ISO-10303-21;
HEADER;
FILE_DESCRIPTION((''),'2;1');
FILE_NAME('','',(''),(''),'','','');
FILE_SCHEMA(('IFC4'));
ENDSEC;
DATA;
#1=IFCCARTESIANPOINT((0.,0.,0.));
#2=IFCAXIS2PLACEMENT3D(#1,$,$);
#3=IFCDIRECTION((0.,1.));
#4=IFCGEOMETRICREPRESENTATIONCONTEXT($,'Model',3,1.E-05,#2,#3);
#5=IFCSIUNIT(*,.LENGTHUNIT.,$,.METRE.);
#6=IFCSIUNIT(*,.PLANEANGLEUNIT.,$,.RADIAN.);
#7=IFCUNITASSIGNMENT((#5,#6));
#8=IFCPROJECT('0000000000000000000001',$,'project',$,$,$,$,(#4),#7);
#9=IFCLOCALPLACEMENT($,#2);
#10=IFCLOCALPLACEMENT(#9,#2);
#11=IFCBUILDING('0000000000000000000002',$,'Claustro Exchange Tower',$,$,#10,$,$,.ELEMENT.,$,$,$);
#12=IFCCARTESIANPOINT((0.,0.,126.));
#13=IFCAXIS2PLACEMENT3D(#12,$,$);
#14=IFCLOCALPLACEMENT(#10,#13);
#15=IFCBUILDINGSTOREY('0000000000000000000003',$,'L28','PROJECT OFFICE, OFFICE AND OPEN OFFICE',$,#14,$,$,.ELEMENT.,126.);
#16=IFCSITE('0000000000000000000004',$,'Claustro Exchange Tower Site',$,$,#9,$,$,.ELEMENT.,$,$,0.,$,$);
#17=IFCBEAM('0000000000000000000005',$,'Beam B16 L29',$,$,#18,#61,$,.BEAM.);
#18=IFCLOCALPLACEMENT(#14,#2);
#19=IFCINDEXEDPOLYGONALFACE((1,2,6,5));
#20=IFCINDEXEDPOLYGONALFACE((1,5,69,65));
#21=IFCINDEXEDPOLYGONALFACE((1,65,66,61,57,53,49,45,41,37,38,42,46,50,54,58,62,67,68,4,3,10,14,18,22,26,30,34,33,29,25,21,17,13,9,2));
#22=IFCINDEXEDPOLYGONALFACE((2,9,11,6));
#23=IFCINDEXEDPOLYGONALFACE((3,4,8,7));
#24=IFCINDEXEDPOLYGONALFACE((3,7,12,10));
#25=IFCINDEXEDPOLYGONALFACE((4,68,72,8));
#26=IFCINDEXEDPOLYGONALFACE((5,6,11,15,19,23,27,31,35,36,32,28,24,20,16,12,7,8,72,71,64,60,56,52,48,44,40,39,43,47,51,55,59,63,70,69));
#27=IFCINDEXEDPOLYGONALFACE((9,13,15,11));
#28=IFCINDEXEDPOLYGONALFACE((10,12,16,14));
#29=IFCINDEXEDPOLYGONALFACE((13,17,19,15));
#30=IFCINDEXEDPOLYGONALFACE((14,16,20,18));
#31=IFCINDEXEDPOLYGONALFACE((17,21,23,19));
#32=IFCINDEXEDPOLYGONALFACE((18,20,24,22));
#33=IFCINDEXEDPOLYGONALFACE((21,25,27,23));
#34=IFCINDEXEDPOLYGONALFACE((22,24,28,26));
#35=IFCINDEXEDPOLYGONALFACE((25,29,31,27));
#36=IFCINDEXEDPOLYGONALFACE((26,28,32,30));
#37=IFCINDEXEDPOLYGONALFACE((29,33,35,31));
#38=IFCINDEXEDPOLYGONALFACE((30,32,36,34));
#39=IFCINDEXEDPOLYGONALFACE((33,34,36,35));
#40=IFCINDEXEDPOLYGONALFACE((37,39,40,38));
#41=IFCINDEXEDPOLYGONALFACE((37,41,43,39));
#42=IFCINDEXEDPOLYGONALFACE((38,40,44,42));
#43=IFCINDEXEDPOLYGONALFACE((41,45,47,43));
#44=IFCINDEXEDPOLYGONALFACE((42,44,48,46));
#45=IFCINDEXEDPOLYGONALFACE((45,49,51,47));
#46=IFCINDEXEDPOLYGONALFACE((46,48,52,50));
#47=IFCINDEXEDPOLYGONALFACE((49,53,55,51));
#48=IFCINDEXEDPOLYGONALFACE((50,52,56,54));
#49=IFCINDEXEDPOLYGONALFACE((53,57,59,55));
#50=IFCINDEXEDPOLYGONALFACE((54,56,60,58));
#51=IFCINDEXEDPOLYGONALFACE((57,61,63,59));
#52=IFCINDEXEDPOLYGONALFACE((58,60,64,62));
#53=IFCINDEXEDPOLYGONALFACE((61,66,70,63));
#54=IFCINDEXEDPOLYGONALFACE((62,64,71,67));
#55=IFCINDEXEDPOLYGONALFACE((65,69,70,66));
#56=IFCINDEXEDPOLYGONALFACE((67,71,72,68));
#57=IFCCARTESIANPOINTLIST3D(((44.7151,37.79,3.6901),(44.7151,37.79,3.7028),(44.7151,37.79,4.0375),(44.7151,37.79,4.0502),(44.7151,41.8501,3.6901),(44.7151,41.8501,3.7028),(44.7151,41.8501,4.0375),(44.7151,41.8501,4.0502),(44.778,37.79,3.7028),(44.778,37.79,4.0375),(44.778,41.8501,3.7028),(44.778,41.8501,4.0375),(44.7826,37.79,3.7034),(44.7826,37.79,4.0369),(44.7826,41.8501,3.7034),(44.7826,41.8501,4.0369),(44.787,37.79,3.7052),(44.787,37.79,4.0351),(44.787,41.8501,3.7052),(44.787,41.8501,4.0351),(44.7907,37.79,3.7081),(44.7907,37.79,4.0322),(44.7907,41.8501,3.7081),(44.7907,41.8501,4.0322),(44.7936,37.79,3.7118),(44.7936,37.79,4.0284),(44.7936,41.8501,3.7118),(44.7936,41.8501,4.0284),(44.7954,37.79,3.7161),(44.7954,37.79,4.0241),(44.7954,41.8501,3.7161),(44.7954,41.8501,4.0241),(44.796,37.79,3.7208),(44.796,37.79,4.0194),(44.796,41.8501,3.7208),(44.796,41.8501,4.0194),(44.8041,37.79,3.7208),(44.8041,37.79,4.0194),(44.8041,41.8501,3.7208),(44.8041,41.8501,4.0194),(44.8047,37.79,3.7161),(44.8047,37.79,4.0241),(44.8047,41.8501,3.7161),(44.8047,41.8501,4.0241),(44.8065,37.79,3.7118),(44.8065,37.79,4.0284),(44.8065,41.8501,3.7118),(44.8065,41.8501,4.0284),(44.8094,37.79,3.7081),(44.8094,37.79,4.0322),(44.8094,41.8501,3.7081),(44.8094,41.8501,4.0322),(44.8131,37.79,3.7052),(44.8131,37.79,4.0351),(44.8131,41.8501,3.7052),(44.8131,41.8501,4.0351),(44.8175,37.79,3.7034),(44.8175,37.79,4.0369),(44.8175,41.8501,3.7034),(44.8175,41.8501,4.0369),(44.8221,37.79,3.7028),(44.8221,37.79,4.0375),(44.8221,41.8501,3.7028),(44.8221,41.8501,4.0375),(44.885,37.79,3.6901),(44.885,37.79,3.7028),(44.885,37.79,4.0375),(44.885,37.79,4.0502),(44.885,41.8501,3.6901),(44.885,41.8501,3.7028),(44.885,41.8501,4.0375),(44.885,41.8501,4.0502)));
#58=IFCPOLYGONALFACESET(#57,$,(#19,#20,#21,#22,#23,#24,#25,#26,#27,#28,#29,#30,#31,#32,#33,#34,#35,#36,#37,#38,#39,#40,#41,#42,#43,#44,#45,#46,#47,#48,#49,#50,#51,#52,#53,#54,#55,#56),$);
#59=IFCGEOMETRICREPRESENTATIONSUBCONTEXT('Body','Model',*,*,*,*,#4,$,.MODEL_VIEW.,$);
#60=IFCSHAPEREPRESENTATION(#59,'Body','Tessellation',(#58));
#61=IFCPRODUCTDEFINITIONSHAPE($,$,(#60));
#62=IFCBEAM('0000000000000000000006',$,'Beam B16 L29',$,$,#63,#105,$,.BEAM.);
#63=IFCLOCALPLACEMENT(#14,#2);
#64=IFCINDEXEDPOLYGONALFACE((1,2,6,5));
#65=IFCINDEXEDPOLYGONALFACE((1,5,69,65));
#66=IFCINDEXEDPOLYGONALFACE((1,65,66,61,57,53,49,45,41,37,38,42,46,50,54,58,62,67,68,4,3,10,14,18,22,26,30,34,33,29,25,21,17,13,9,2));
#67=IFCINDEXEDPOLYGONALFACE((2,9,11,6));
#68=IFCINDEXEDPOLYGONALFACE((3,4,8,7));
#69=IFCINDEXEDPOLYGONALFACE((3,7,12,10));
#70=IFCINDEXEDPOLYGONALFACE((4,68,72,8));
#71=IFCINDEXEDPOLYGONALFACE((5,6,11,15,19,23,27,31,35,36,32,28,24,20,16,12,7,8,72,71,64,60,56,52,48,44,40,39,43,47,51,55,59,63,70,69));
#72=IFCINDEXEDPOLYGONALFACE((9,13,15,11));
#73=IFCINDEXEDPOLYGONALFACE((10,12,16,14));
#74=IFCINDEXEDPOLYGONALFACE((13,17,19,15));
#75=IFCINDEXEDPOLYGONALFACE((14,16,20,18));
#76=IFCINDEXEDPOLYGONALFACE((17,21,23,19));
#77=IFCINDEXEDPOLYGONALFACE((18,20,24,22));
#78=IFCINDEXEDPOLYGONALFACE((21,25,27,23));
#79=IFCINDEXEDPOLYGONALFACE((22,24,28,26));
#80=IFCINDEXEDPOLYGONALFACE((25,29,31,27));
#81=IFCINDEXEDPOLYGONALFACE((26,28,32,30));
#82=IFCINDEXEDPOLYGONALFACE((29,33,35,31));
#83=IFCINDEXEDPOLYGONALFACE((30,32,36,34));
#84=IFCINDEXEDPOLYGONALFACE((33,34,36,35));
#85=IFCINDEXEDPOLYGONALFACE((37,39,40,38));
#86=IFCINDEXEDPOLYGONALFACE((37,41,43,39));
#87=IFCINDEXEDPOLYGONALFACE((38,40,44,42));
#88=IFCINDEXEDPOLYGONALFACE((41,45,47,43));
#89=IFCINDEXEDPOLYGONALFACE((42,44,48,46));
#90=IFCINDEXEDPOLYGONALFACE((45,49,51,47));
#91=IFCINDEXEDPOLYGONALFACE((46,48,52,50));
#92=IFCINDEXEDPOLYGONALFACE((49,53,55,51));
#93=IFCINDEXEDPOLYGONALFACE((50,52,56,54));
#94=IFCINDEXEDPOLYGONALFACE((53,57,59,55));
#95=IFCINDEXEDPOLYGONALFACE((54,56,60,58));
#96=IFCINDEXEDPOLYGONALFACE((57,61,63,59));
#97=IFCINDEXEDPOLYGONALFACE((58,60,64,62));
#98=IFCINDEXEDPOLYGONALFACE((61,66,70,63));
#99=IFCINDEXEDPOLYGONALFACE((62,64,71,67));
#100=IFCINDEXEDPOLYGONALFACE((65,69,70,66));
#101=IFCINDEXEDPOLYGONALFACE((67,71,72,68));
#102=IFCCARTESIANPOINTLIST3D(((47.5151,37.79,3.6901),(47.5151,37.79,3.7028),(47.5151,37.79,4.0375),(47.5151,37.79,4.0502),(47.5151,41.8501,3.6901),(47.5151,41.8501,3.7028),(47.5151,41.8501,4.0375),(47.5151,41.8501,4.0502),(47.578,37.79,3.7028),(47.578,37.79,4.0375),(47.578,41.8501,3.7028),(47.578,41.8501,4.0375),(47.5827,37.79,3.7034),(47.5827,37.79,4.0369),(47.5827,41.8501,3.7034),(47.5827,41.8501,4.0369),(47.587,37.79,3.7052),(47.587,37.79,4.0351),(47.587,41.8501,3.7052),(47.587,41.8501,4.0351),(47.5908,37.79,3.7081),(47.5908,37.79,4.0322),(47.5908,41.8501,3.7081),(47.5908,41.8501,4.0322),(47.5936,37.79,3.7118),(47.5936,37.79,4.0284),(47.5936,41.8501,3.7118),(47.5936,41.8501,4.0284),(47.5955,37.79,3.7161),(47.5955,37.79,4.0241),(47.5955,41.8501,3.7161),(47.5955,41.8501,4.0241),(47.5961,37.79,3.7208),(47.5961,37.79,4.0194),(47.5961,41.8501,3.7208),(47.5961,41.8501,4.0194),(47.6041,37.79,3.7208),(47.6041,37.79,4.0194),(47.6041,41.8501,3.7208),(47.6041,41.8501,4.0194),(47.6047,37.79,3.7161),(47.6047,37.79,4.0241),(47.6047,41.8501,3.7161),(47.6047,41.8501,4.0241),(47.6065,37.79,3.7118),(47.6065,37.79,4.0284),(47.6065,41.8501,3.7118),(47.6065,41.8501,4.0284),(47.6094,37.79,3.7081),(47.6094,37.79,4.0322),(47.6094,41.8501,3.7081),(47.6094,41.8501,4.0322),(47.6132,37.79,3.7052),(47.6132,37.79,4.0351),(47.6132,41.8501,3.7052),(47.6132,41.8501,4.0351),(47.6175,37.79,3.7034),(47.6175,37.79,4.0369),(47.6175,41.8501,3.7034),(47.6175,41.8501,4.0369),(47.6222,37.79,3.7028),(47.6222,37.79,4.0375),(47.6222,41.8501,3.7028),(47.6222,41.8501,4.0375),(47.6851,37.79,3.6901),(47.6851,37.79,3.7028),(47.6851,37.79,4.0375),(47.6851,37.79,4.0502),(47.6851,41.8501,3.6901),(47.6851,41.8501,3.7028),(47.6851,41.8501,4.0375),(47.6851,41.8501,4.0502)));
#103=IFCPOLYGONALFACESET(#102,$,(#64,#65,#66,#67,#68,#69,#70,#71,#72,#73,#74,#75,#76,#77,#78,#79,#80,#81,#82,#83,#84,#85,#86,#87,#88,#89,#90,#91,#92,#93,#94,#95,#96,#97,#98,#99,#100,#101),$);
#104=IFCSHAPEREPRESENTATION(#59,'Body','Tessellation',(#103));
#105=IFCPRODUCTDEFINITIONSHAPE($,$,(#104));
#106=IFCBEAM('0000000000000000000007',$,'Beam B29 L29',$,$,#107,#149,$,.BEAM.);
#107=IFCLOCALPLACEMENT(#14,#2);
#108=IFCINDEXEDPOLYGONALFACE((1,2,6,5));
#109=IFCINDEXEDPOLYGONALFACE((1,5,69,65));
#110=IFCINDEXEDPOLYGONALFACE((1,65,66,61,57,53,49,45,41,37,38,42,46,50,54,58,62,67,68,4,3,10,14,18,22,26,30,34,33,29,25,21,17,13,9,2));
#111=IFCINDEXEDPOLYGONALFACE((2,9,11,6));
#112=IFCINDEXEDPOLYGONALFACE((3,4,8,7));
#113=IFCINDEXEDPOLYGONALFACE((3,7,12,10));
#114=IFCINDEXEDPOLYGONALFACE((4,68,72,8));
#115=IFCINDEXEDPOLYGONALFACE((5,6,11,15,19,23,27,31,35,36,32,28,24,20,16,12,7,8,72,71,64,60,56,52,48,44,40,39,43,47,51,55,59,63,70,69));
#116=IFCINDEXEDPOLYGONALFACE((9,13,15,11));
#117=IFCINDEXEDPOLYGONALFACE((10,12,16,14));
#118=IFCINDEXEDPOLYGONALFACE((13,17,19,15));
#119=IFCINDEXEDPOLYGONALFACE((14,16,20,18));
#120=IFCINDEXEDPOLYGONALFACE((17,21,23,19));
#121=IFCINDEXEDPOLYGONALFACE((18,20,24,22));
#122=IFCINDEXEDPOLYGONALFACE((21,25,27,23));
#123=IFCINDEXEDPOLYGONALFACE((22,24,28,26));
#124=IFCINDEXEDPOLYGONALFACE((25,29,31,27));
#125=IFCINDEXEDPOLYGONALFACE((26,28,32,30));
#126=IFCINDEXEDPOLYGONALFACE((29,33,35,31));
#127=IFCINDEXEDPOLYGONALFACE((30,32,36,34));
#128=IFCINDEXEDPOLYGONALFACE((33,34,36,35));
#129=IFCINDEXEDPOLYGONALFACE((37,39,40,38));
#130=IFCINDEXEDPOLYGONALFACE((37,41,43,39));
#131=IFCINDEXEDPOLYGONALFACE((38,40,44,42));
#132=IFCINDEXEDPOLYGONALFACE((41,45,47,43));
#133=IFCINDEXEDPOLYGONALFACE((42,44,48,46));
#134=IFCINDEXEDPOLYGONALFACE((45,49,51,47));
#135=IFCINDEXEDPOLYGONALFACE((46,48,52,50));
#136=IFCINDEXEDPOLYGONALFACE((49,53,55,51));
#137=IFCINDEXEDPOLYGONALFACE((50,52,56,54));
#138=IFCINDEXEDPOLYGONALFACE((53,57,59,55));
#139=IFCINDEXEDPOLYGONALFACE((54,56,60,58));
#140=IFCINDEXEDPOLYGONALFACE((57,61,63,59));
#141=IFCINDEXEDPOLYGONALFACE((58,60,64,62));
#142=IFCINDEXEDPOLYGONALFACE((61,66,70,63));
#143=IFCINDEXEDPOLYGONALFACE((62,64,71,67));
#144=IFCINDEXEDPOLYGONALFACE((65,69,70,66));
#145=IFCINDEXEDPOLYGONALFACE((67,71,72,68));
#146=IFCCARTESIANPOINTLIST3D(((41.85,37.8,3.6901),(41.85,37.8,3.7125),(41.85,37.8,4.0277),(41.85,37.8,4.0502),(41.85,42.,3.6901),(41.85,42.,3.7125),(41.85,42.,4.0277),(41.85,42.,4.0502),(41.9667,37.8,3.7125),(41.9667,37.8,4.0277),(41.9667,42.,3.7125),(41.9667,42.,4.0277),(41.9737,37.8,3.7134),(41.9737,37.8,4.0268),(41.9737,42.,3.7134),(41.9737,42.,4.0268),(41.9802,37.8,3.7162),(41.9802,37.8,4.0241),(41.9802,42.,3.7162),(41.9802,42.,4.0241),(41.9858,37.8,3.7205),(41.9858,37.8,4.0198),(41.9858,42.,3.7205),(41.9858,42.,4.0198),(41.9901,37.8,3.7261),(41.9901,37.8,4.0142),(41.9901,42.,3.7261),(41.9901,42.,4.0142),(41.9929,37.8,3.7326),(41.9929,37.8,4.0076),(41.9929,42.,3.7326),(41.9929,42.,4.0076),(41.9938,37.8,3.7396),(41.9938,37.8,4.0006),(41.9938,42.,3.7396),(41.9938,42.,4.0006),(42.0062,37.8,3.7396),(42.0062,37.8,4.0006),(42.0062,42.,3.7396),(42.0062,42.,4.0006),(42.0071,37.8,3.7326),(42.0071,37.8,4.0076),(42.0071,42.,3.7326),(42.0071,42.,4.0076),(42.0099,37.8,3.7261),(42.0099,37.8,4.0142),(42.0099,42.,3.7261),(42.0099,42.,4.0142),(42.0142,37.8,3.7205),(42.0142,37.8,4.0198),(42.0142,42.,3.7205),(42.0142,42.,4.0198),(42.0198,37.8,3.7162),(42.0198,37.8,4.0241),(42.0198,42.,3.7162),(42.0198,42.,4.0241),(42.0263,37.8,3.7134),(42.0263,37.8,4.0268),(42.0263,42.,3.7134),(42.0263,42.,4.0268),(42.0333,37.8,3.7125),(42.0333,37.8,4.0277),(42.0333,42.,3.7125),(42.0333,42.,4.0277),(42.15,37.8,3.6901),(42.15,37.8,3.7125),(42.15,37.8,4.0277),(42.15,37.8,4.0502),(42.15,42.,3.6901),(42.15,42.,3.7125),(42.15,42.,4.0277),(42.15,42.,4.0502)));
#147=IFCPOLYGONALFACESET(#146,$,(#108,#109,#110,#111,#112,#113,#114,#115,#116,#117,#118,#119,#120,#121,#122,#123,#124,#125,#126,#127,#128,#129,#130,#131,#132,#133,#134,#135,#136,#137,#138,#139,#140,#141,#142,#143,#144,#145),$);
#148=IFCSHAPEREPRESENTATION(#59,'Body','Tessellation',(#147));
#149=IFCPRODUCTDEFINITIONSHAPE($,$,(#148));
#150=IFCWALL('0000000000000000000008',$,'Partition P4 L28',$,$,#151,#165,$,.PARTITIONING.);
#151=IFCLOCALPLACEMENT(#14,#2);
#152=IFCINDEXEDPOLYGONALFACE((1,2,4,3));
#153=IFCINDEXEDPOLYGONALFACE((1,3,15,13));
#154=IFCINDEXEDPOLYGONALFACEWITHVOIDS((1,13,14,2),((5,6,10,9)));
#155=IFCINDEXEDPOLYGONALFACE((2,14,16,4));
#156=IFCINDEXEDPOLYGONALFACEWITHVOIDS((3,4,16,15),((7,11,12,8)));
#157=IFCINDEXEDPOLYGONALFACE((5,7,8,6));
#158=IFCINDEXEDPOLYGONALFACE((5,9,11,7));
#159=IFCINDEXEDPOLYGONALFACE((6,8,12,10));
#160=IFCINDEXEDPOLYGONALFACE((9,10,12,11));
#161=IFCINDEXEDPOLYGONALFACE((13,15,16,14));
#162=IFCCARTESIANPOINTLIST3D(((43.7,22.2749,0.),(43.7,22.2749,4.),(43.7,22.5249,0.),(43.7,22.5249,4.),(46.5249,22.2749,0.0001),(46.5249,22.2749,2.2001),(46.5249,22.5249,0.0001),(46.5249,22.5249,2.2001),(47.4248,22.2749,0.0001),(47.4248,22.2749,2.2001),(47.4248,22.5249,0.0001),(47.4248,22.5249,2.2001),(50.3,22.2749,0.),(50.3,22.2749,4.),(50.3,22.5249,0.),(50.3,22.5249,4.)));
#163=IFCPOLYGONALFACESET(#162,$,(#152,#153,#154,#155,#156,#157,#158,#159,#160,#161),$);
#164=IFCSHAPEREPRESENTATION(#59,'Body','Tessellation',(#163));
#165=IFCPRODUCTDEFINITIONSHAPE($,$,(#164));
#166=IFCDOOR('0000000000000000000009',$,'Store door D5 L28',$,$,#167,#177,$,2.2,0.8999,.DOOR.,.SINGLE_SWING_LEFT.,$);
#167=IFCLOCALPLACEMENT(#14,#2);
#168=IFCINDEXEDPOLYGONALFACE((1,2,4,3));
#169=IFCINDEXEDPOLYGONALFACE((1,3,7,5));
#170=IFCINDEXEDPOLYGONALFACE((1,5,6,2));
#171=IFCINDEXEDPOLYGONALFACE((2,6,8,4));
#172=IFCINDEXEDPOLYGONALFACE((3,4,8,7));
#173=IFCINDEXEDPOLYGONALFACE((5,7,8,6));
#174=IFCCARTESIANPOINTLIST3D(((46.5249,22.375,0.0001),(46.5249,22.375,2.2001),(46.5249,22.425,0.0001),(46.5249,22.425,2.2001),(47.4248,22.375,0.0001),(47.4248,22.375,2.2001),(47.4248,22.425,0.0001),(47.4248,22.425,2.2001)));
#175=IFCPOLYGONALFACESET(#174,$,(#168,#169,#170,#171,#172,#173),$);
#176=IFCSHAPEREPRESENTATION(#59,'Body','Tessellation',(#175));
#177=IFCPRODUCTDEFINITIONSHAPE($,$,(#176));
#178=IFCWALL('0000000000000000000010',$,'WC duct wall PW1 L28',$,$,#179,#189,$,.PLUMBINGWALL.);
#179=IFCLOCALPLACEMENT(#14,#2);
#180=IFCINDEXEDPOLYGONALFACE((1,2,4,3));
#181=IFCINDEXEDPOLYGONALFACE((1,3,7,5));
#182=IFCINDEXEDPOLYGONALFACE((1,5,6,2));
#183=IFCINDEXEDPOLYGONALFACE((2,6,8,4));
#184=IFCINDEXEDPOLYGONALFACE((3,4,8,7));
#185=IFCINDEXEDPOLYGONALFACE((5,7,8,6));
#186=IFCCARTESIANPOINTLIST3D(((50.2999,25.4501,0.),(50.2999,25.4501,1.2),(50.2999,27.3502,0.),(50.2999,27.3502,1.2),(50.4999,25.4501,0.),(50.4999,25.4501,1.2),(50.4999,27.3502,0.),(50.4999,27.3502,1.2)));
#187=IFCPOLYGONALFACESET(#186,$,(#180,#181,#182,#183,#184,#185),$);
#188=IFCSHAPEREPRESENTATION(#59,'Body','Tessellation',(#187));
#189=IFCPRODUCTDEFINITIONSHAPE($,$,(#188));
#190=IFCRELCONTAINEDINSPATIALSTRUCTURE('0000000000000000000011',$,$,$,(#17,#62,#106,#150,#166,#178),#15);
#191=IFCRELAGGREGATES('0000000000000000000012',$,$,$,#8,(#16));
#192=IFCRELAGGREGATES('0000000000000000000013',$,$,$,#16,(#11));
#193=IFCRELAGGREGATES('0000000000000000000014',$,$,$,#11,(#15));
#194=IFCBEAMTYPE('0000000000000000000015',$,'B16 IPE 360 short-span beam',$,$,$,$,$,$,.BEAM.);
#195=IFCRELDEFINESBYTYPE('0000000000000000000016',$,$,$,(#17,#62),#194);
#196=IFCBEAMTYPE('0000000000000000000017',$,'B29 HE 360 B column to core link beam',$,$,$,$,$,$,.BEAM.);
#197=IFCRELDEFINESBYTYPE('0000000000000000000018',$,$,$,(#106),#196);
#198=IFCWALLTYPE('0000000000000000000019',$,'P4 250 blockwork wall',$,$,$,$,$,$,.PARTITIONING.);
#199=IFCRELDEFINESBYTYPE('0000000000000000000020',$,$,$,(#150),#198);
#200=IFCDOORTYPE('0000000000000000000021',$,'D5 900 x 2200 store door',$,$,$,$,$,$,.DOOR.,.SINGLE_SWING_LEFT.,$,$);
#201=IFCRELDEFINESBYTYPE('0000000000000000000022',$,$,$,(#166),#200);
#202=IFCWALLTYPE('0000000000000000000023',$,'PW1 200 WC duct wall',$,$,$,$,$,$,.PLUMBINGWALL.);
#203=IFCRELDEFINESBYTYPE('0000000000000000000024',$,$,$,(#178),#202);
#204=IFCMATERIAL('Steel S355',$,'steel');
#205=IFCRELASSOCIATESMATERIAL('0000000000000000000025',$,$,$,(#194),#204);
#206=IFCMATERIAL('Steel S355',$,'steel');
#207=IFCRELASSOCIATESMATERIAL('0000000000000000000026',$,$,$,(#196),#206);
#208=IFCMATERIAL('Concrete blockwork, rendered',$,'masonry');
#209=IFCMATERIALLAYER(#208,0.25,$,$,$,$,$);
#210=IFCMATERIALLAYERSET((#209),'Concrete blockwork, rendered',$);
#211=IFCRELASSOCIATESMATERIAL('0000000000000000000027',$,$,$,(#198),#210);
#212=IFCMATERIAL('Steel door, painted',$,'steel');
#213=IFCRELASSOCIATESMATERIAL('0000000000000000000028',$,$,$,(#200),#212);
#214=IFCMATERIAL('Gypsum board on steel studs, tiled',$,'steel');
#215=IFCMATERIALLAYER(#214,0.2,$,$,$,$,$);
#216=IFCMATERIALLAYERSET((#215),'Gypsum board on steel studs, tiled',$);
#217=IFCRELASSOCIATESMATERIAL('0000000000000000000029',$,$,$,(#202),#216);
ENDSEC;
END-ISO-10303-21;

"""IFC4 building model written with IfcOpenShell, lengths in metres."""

from ifc_helpers import new_model, si_unit, direction, frame, frame_2d, origin, origin_2d, place, context, subcontext, project, spatial, rectangle, i_section, extrude, material, layer, layer_set, material_profile, profile_set, type_object, element, fill, save


model = new_model("IFC4")

# Units and contexts
model_context = context("Model", 3, precision=1e-05, world=origin(), true_north=direction((0.0, 1.0)))
body_context = subcontext(model_context, "Body", "Model", "MODEL_VIEW")
ifc_project = project(units=[si_unit("LENGTHUNIT", "METRE"), si_unit("PLANEANGLEUNIT", "RADIAN")], contexts=[model_context])

# Site, building, storey
site_placement = place(None, origin())
site = spatial("IfcSite", under=ifc_project, at=site_placement, Name="Claustro Exchange Tower Site", CompositionType="ELEMENT", RefElevation=0.0)
building_placement = place(site_placement, origin())
building = spatial("IfcBuilding", under=site, at=building_placement, Name="Claustro Exchange Tower", CompositionType="ELEMENT")
storey_placement = place(building_placement, frame((0.0, 0.0, 126.0)))
storey = spatial("IfcBuildingStorey", under=building, at=storey_placement, Name="L28", Description="PROJECT OFFICE, OFFICE AND OPEN OFFICE", CompositionType="ELEMENT", Elevation=126.0)

# Beams
ifc_material_1 = material(Name="Steel S355", Category="steel")
ifc_material_profile_1 = material_profile(ifc_material_1, i_section(OverallWidth=0.1699, OverallDepth=0.3601, WebThickness=0.0081, FlangeThickness=0.0127, FilletRadius=0.0181, at=origin_2d()), Name="IPE 360")
ifc_profile_set_1 = profile_set([ifc_material_profile_1], Name="Steel S355")
beam_type_1 = type_object("IfcBeamType", Name="B16 IPE 360 short-span beam", PredefinedType="BEAM", material=ifc_profile_set_1)
for number, where, z_axis, x_axis, name in (
    (1, (44.8, 37.79, 3.8701), (0.0, 1.0, 0.0), (-1.0, 0.0, 0.0), "Beam B16 L29"),
    (2, (47.6001, 37.79, 3.8701), (0.0, 1.0, 0.0), (-1.0, 0.0, 0.0), "Beam B16 L29"),
):
    element("IfcBeam", number, at=place(storey_placement, frame(where, z_axis=z_axis, x_axis=x_axis)), inside=storey, type_object=beam_type_1, Name=name, PredefinedType="BEAM", context=body_context, shape_type="SweptSolid", body=[
        extrude(i_section(OverallWidth=0.1699, OverallDepth=0.3601, WebThickness=0.0081, FlangeThickness=0.0127, FilletRadius=0.0181, at=origin_2d()), origin(), (0.0, 0.0, 1.0), 4.0601),
    ])
ifc_material_2 = material(Name="Steel S355", Category="steel")
ifc_material_profile_2 = material_profile(ifc_material_2, i_section(OverallWidth=0.3, OverallDepth=0.3601, WebThickness=0.0125, FlangeThickness=0.0225, FilletRadius=0.0271, at=origin_2d()), Name="HE 360 B")
ifc_profile_set_2 = profile_set([ifc_material_profile_2], Name="Steel S355")
beam_type_2 = type_object("IfcBeamType", Name="B29 HE 360 B column to core link beam", PredefinedType="BEAM", material=ifc_profile_set_2)
beam_placement = place(storey_placement, frame((42.0, 37.8, 3.8701), z_axis=(0.0, 1.0, 0.0), x_axis=(-1.0, 0.0, 0.0)))
element("IfcBeam", 3, at=beam_placement, inside=storey, type_object=beam_type_2, Name="Beam B29 L29", PredefinedType="BEAM", context=body_context, shape_type="SweptSolid", body=[
    extrude(i_section(OverallWidth=0.3, OverallDepth=0.3601, WebThickness=0.0125, FlangeThickness=0.0225, FilletRadius=0.0271, at=origin_2d()), origin(), (0.0, 0.0, 1.0), 4.2),
])

# Wall, opening, door
ifc_material_3 = material(Name="Concrete blockwork, rendered", Category="masonry")
ifc_layer_1 = layer(ifc_material_3, 0.25)
ifc_layer_set_1 = layer_set([ifc_layer_1], Name="Concrete blockwork, rendered")
wall_type_1 = type_object("IfcWallType", Name="P4 250 blockwork wall", PredefinedType="PARTITIONING", material=ifc_layer_set_1)
wall_1_placement = place(storey_placement, frame((43.7, 22.3999, 0.0), z_axis=(0.0, 0.0, 1.0), x_axis=(1.0, 0.0, 0.0)))
wall_1 = element("IfcWall", 4, at=wall_1_placement, inside=storey, type_object=wall_type_1, Name="Partition P4 L28", PredefinedType="PARTITIONING", context=body_context, shape_type="SweptSolid", body=[
    extrude(rectangle(XDim=6.6001, YDim=0.25, at=frame_2d((3.3, 0.0))), origin(), (0.0, 0.0, 1.0), 4.0),
])
opening_placement = place(wall_1_placement, frame((2.825, 0.0, 0.0)))
opening = element("IfcOpeningElement", 5, at=opening_placement, cuts=wall_1, PredefinedType="OPENING", context=body_context, shape_type="SweptSolid", body=[
    extrude(rectangle(XDim=0.8999, YDim=2.2, at=frame_2d((0.45, 1.1001))), frame((0.0, 0.135, 0.0), z_axis=(0.0, -1.0, 0.0), x_axis=(1.0, 0.0, 0.0)), (0.0, 0.0, 1.0), 0.27),
])
ifc_material_4 = material(Name="Steel door, painted", Category="steel")
door_type = type_object("IfcDoorType", Name="D5 900 x 2200 store door", OperationType="SINGLE_SWING_LEFT", PredefinedType="DOOR", material=ifc_material_4)
door_placement = place(opening_placement, frame((0.8999, 0.0, 0.0), z_axis=(0.0, 0.0, 1.0), x_axis=(-1.0, 0.0, 0.0)))
door = element("IfcDoor", 6, at=door_placement, inside=storey, type_object=door_type, Name="Store door D5 L28", OperationType="SINGLE_SWING_LEFT", OverallHeight=2.2, OverallWidth=0.8999, PredefinedType="DOOR", context=body_context, shape_type="SweptSolid", body=[
    extrude(rectangle(XDim=0.8999, YDim=2.2, at=frame_2d((0.45, 1.1001))), frame((0.0, 0.0249, 0.0), z_axis=(0.0, -1.0, 0.0), x_axis=(1.0, 0.0, 0.0)), (0.0, 0.0, 1.0), 0.05),
])
fill(opening, door)

# Wall
ifc_material_5 = material(Name="Gypsum board on steel studs, tiled", Category="steel")
ifc_layer_2 = layer(ifc_material_5, 0.2)
ifc_layer_set_2 = layer_set([ifc_layer_2], Name="Gypsum board on steel studs, tiled")
wall_type_2 = type_object("IfcWallType", Name="PW1 200 WC duct wall", PredefinedType="PLUMBINGWALL", material=ifc_layer_set_2)
wall_2_placement = place(storey_placement, frame((50.3999, 25.45, 0.0), z_axis=(0.0, 0.0, 1.0), x_axis=(0.0, 1.0, 0.0)))
element("IfcWall", 7, at=wall_2_placement, inside=storey, type_object=wall_type_2, Name="WC duct wall PW1 L28", PredefinedType="PLUMBINGWALL", context=body_context, shape_type="SweptSolid", body=[
    extrude(rectangle(XDim=1.9001, YDim=0.2, at=frame_2d((0.9502, 0.0))), origin(), (0.0, 0.0, 1.0), 1.2),
])

save(model, "model.ifc")
